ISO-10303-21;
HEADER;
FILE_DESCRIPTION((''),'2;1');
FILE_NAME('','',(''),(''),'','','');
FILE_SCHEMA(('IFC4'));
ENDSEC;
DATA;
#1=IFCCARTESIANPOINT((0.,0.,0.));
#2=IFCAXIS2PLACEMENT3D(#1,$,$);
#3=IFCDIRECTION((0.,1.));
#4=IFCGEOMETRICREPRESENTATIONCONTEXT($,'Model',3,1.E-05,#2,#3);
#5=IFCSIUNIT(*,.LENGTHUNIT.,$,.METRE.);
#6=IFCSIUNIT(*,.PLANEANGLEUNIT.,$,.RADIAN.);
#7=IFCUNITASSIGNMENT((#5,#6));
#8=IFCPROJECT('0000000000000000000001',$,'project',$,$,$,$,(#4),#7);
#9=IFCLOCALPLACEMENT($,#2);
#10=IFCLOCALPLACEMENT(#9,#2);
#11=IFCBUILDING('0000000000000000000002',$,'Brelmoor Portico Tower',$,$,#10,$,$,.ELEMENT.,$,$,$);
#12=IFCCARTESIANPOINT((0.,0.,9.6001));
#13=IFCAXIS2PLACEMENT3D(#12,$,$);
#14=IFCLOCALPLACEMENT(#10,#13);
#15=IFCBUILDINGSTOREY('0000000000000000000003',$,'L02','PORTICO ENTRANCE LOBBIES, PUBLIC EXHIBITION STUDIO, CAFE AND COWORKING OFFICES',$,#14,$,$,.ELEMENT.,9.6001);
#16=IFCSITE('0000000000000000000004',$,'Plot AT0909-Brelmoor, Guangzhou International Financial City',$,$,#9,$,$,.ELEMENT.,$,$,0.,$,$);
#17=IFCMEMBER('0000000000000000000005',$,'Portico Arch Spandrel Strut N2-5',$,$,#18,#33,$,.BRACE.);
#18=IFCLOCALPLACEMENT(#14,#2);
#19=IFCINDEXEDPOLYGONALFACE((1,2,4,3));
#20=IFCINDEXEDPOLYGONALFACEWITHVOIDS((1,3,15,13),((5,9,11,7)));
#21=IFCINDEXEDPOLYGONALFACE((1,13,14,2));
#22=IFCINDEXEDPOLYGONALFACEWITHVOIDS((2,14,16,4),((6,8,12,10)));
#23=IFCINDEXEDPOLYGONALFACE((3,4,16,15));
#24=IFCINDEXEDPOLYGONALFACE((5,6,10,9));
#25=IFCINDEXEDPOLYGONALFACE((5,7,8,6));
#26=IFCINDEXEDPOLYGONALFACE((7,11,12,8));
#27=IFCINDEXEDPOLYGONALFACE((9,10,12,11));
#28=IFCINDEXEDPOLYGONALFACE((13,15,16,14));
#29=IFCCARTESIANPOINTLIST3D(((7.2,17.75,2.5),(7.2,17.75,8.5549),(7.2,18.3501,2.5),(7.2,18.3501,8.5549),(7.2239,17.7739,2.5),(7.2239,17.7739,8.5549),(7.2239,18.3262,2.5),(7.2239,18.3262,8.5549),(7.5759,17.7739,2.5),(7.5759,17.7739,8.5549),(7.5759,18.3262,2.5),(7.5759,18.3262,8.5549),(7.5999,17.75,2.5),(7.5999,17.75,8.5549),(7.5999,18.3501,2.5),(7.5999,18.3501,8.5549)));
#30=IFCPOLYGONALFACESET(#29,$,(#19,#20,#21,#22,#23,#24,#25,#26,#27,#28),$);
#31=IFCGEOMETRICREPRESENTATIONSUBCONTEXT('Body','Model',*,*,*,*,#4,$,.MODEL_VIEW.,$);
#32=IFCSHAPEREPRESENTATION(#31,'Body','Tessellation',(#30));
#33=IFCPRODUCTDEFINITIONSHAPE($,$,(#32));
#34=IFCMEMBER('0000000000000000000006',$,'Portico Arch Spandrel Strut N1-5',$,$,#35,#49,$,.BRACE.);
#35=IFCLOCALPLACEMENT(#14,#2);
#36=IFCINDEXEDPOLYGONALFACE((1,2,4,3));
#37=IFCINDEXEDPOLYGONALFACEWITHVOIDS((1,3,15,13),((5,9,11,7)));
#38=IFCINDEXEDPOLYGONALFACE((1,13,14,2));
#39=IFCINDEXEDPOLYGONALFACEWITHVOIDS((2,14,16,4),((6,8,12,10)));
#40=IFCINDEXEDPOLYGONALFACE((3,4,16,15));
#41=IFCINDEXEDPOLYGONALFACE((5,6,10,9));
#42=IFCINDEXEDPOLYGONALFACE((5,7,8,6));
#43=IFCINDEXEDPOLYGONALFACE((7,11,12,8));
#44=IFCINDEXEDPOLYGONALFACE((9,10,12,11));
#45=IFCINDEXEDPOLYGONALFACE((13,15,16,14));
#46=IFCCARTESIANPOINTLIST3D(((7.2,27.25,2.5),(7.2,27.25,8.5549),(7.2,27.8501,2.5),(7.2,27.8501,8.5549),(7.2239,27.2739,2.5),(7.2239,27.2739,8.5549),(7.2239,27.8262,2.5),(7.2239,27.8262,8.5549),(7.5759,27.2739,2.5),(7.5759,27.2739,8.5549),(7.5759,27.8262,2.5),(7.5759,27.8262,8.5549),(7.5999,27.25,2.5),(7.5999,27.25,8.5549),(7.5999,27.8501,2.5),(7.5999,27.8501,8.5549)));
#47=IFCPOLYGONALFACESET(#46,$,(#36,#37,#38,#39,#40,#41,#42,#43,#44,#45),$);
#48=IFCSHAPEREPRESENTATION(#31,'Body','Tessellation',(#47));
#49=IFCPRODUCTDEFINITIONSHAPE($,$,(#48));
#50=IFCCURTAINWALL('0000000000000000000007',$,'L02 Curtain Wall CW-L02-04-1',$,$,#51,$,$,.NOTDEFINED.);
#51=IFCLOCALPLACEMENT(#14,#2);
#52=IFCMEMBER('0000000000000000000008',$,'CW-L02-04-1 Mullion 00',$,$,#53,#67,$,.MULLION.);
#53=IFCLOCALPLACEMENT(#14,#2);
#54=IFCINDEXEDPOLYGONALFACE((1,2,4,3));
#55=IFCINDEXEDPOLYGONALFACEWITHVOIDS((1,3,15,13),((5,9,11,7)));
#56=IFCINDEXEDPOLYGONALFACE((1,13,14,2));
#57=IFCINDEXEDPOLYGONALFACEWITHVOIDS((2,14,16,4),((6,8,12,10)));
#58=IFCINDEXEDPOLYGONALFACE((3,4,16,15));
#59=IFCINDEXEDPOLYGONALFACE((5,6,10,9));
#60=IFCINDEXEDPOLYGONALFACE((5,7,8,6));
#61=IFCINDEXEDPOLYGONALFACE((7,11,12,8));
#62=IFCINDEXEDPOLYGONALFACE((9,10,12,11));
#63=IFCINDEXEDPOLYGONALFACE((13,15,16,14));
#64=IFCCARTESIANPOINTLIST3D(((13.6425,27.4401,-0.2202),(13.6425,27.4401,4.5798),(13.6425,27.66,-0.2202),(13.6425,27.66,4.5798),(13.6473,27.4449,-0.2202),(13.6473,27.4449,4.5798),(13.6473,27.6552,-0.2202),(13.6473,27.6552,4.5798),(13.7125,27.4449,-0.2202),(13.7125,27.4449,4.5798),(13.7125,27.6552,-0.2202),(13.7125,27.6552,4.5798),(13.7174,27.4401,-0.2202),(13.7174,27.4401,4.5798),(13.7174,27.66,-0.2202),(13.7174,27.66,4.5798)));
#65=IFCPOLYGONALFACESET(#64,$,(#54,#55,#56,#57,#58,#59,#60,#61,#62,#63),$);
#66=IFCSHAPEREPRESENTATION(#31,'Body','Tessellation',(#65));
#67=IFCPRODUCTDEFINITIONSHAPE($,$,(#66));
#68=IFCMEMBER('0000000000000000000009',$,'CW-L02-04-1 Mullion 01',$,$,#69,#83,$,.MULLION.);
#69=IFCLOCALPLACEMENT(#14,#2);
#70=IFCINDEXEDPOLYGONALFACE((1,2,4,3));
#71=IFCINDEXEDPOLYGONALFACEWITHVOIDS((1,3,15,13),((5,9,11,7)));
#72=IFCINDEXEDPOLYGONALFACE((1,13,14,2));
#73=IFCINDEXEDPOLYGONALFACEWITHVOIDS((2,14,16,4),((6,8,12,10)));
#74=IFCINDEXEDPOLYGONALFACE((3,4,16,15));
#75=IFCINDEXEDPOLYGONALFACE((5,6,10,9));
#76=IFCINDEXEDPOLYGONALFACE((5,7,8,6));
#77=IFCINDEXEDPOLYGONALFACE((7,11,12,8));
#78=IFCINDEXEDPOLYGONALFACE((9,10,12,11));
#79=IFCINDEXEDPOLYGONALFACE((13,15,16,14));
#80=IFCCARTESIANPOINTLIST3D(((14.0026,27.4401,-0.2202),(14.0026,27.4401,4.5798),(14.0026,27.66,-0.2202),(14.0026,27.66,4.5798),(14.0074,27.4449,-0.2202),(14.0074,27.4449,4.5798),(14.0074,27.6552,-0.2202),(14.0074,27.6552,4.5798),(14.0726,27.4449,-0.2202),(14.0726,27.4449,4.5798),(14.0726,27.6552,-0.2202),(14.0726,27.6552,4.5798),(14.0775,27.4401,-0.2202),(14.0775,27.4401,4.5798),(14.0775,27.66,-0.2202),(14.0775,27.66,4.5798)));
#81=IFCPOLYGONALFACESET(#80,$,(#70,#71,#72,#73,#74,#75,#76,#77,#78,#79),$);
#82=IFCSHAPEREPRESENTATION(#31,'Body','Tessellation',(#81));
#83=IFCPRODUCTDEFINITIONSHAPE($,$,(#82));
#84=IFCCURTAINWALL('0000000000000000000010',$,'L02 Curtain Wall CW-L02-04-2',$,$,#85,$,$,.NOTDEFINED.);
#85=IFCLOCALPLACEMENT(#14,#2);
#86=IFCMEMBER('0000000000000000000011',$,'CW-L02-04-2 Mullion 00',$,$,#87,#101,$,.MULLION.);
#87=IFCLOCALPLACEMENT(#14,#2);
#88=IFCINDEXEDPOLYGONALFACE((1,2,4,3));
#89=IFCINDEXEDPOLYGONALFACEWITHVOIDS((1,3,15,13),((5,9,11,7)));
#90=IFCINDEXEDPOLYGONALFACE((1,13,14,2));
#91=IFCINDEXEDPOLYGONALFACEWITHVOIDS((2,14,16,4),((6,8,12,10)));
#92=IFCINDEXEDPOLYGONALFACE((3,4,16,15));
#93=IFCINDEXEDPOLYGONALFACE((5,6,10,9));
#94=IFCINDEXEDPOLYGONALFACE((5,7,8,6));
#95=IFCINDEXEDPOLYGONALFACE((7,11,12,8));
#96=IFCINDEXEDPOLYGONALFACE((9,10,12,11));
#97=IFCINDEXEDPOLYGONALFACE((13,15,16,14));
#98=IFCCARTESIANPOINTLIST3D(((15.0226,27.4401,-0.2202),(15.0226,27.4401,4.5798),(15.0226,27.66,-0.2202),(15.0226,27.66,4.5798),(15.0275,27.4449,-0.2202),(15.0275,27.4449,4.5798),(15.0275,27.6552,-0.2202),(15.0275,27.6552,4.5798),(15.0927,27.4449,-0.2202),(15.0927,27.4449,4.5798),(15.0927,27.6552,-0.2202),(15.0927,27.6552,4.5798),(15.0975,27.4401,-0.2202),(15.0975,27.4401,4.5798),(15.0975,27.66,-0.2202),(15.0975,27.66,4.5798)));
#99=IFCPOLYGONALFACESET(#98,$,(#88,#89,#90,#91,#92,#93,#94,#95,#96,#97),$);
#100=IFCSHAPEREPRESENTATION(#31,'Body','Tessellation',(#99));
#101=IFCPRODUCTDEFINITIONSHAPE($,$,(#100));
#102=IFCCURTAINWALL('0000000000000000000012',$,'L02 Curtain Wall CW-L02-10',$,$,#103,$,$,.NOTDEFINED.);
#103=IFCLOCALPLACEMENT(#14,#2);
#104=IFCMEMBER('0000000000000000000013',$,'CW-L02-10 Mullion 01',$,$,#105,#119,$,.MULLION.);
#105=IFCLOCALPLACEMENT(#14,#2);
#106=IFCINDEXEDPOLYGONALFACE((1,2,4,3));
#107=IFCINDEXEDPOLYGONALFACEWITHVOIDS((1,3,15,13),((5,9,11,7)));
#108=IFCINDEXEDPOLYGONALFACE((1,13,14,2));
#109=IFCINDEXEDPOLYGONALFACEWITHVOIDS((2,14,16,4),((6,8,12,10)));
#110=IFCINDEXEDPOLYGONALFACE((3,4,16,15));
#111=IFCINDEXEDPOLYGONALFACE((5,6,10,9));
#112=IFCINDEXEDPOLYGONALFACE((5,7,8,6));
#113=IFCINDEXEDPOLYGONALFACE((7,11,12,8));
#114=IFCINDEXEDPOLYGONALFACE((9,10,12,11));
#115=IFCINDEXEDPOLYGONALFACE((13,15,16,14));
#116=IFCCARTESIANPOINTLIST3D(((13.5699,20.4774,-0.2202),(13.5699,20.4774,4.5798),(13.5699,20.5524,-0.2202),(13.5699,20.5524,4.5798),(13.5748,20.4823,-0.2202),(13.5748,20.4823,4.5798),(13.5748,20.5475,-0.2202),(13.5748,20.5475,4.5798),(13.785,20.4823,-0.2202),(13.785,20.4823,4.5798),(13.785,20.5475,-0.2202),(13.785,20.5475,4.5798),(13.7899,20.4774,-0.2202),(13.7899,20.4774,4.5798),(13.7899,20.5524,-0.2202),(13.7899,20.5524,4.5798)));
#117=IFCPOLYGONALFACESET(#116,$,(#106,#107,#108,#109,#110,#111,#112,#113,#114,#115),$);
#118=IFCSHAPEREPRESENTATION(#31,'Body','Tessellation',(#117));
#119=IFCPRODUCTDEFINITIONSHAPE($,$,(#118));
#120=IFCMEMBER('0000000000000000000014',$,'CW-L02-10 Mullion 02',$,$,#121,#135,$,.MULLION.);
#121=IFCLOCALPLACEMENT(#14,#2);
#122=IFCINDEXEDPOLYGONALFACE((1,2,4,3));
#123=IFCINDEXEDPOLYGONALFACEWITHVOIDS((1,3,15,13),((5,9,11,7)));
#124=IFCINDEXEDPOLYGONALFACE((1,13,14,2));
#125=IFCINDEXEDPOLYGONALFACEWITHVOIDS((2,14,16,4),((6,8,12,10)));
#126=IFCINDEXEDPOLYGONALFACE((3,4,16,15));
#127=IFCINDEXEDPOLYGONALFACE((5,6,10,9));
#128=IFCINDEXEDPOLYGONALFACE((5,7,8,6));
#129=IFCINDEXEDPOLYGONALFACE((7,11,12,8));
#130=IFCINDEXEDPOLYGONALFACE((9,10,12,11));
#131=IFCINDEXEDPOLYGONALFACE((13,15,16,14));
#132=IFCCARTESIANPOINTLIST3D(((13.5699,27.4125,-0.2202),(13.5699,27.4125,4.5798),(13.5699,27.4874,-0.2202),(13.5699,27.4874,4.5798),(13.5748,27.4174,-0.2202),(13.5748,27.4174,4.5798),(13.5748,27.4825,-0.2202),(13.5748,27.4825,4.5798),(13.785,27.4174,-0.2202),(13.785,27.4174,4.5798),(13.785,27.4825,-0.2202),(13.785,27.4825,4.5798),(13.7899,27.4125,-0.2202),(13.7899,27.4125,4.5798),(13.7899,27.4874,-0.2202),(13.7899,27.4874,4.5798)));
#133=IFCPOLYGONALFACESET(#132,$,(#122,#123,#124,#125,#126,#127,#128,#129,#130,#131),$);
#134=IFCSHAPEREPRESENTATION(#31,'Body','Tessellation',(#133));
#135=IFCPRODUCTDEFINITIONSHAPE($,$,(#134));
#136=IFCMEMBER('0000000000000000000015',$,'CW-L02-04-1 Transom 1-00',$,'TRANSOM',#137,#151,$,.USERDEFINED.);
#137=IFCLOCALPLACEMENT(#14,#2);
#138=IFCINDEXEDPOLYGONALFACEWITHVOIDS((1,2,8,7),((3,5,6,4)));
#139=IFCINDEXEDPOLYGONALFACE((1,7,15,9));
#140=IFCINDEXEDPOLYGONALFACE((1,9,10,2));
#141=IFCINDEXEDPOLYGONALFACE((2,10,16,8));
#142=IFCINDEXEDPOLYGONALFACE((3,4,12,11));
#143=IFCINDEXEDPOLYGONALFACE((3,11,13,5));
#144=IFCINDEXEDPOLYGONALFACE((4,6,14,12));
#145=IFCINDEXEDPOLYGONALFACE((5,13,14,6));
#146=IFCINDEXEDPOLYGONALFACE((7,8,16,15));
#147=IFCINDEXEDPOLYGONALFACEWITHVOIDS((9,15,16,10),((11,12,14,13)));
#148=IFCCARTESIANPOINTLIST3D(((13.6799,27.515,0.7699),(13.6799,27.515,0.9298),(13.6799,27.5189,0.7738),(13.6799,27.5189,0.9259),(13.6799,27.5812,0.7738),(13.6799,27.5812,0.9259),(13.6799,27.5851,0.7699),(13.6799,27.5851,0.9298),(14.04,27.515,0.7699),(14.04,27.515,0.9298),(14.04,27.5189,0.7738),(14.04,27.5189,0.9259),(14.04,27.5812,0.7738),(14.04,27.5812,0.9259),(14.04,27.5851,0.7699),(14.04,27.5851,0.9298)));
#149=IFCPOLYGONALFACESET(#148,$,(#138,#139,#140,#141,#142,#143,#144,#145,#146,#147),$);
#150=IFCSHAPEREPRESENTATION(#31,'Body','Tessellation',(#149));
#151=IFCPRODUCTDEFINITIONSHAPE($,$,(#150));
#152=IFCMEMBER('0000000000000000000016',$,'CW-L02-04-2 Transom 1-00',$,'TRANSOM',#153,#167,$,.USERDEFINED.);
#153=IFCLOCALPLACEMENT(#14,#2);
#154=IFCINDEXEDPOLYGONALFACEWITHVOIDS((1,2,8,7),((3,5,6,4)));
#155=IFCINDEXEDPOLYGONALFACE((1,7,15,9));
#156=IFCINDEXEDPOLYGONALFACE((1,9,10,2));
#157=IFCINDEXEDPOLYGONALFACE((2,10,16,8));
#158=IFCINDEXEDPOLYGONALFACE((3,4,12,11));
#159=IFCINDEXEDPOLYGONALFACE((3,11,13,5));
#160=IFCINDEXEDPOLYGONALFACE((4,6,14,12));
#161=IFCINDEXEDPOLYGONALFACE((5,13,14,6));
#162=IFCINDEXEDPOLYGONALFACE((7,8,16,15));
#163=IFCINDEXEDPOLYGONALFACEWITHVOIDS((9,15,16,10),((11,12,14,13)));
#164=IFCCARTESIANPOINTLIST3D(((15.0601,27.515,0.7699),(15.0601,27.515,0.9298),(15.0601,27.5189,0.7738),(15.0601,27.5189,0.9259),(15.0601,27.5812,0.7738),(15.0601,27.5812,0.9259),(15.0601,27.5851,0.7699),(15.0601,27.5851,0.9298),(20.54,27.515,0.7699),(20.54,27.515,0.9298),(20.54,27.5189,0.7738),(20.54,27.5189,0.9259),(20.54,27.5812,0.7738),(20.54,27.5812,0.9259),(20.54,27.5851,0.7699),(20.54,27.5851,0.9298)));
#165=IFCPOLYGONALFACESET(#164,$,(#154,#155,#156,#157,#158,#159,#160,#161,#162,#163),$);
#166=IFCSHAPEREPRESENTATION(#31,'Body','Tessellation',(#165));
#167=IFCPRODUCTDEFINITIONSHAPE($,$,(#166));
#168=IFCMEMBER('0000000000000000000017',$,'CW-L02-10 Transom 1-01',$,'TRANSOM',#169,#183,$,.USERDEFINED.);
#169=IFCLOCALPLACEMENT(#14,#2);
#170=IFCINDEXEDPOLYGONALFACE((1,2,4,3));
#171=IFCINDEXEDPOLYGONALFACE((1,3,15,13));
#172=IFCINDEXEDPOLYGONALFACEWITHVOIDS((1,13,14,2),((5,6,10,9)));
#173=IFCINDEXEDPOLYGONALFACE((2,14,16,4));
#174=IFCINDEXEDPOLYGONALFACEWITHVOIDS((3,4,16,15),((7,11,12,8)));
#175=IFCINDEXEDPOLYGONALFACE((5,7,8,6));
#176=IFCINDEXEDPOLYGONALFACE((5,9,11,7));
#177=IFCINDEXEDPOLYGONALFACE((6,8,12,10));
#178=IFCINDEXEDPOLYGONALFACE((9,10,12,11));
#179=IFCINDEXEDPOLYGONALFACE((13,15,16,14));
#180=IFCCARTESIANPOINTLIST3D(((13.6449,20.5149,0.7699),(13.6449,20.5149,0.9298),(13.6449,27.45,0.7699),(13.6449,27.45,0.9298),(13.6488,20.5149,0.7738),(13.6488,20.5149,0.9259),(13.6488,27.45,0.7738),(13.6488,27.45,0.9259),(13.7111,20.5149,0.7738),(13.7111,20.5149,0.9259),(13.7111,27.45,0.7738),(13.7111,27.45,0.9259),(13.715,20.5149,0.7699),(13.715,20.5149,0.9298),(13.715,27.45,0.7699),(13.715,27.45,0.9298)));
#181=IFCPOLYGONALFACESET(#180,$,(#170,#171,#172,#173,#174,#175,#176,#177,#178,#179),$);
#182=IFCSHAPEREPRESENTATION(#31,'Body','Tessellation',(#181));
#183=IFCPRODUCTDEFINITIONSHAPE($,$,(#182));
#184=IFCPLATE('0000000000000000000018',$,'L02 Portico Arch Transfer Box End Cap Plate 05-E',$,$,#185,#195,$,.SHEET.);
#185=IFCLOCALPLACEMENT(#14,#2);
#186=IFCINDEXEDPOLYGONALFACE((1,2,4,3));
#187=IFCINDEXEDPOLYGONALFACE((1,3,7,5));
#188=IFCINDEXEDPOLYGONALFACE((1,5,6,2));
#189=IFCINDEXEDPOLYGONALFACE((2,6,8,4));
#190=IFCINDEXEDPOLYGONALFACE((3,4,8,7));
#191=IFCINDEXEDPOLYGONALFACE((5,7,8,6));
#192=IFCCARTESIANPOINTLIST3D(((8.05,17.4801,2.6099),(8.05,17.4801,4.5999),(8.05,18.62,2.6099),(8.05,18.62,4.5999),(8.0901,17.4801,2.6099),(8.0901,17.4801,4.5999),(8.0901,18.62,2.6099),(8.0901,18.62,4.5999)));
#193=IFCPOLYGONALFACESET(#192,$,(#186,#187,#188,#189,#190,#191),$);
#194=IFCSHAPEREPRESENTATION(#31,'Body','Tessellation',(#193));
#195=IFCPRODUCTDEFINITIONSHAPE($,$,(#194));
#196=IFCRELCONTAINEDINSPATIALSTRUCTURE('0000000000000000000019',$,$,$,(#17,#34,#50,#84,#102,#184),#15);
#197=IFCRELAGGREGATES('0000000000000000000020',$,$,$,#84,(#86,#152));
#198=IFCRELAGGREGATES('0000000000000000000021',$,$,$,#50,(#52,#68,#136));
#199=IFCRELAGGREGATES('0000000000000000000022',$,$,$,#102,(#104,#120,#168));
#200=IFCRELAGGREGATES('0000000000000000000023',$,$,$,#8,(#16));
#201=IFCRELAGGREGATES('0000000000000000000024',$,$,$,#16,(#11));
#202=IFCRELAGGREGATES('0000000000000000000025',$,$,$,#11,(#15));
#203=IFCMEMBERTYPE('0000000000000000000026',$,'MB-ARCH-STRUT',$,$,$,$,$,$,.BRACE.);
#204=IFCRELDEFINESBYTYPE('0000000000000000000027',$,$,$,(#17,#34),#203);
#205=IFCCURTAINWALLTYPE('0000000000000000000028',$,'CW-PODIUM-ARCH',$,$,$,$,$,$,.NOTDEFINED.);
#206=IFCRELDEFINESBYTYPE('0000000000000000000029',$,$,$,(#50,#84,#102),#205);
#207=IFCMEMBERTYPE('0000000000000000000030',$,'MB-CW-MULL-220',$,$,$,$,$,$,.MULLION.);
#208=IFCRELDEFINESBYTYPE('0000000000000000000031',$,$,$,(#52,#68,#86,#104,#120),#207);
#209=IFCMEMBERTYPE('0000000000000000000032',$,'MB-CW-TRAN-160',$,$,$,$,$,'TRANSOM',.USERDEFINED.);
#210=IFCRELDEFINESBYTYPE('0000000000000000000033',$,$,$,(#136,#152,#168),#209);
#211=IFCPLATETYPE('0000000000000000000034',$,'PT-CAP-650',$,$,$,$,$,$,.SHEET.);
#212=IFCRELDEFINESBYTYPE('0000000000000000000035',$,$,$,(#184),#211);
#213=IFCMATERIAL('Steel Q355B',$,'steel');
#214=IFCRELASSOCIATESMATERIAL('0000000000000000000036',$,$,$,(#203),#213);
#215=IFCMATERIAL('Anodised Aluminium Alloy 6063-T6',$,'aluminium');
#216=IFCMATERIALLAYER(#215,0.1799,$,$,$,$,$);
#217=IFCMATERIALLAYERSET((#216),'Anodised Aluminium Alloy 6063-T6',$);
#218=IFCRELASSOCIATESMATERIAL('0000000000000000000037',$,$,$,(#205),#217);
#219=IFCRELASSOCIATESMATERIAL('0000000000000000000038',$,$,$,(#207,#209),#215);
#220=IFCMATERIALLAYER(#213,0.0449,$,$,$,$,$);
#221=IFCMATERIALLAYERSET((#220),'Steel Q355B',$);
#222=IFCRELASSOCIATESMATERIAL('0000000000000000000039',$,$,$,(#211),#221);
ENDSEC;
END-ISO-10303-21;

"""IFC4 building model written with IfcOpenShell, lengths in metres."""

from ifc_helpers import new_model, si_unit, direction, frame, origin, origin_2d, place, context, subcontext, project, spatial, rectangle, hollow_rectangle, extrude, material, layer, layer_set, material_profile, profile_set, type_object, element, aggregate, save


model = new_model("IFC4")

# Units and contexts
model_context = context("Model", 3, precision=1e-05, world=origin(), true_north=direction((0.0, 1.0)))
body_context = subcontext(model_context, "Body", "Model", "MODEL_VIEW")
ifc_project = project(units=[si_unit("LENGTHUNIT", "METRE"), si_unit("PLANEANGLEUNIT", "RADIAN")], contexts=[model_context])

# Site, building, storey
site_placement = place(None, origin())
site = spatial("IfcSite", under=ifc_project, at=site_placement, Name="Plot AT0909-Brelmoor, Guangzhou International Financial City", CompositionType="ELEMENT", RefElevation=0.0)
building_placement = place(site_placement, origin())
building = spatial("IfcBuilding", under=site, at=building_placement, Name="Brelmoor Portico Tower", CompositionType="ELEMENT")
storey_placement = place(building_placement, frame((0.0, 0.0, 9.6001)))
storey = spatial("IfcBuildingStorey", under=building, at=storey_placement, Name="L02", Description="PORTICO ENTRANCE LOBBIES, PUBLIC EXHIBITION STUDIO, CAFE AND COWORKING OFFICES", CompositionType="ELEMENT", Elevation=9.6001)

# Shared definitions
ifc_material_1 = material(Name="Steel Q355B", Category="steel")

# Members
ifc_material_profile_1 = material_profile(ifc_material_1, hollow_rectangle(XDim=0.3999, YDim=0.6001, WallThickness=0.0239, at=origin_2d()), Name="RHS 400x600x24")
ifc_profile_set_1 = profile_set([ifc_material_profile_1], Name="Steel Q355B")
member_type_1 = type_object("IfcMemberType", Name="MB-ARCH-STRUT", PredefinedType="BRACE", material=ifc_profile_set_1)
for number, where, z_axis, x_axis, name in (
    (1, (7.3999, 18.05, 2.5), (0.0, 0.0, 1.0), (1.0, 0.0, 0.0), "Portico Arch Spandrel Strut N2-5"),
    (2, (7.3999, 27.55, 2.5), (0.0, 0.0, 1.0), (1.0, 0.0, 0.0), "Portico Arch Spandrel Strut N1-5"),
):
    element("IfcMember", number, at=place(storey_placement, frame(where, z_axis=z_axis, x_axis=x_axis)), inside=storey, type_object=member_type_1, Name=name, PredefinedType="BRACE", context=body_context, shape_type="SweptSolid", body=[
        extrude(hollow_rectangle(XDim=0.3999, YDim=0.6001, WallThickness=0.0239, at=origin_2d()), origin(), (0.0, 0.0, 1.0), 6.0549),
    ])

# Curtain wall, members
ifc_material_2 = material(Name="Anodised Aluminium Alloy 6063-T6", Category="aluminium")
ifc_layer_1 = layer(ifc_material_2, 0.1799)
ifc_layer_set_1 = layer_set([ifc_layer_1], Name="Anodised Aluminium Alloy 6063-T6")
curtain_wall_type = type_object("IfcCurtainWallType", Name="CW-PODIUM-ARCH", PredefinedType="NOTDEFINED", material=ifc_layer_set_1)
curtain_wall_1_placement = place(storey_placement, origin())
curtain_wall_1 = element("IfcCurtainWall", 3, at=curtain_wall_1_placement, inside=storey, type_object=curtain_wall_type, Name="L02 Curtain Wall CW-L02-04-1", PredefinedType="NOTDEFINED")
ifc_material_profile_2 = material_profile(ifc_material_2, hollow_rectangle(XDim=0.075, YDim=0.22, WallThickness=0.0049, at=origin_2d()), Name="ALU MULLION 75x220")
ifc_profile_set_2 = profile_set([ifc_material_profile_2], Name="Anodised Aluminium Alloy 6063-T6")
member_type_2 = type_object("IfcMemberType", Name="MB-CW-MULL-220", PredefinedType="MULLION", material=ifc_profile_set_2)
member_1_placement = place(storey_placement, frame((13.6799, 27.55, -0.2202), z_axis=(0.0, 0.0, 1.0), x_axis=(1.0, 0.0, 0.0)))
member_1 = element("IfcMember", 4, at=member_1_placement, type_object=member_type_2, Name="CW-L02-04-1 Mullion 00", PredefinedType="MULLION", context=body_context, shape_type="SweptSolid", body=[
    extrude(hollow_rectangle(XDim=0.075, YDim=0.22, WallThickness=0.0049, at=origin_2d()), origin(), (0.0, 0.0, 1.0), 4.8),
])
member_2_placement = place(storey_placement, frame((14.04, 27.55, -0.2202), z_axis=(0.0, 0.0, 1.0), x_axis=(1.0, 0.0, 0.0)))
member_2 = element("IfcMember", 5, at=member_2_placement, type_object=member_type_2, Name="CW-L02-04-1 Mullion 01", PredefinedType="MULLION", context=body_context, shape_type="SweptSolid", body=[
    extrude(hollow_rectangle(XDim=0.075, YDim=0.22, WallThickness=0.0049, at=origin_2d()), origin(), (0.0, 0.0, 1.0), 4.8),
])

# Curtain wall, member
curtain_wall_2_placement = place(storey_placement, origin())
curtain_wall_2 = element("IfcCurtainWall", 6, at=curtain_wall_2_placement, inside=storey, type_object=curtain_wall_type, Name="L02 Curtain Wall CW-L02-04-2", PredefinedType="NOTDEFINED")
member_3_placement = place(storey_placement, frame((15.0601, 27.55, -0.2202), z_axis=(0.0, 0.0, 1.0), x_axis=(1.0, 0.0, 0.0)))
member_3 = element("IfcMember", 7, at=member_3_placement, type_object=member_type_2, Name="CW-L02-04-2 Mullion 00", PredefinedType="MULLION", context=body_context, shape_type="SweptSolid", body=[
    extrude(hollow_rectangle(XDim=0.075, YDim=0.22, WallThickness=0.0049, at=origin_2d()), origin(), (0.0, 0.0, 1.0), 4.8),
])

# Curtain wall, members
curtain_wall_3_placement = place(storey_placement, origin())
curtain_wall_3 = element("IfcCurtainWall", 8, at=curtain_wall_3_placement, inside=storey, type_object=curtain_wall_type, Name="L02 Curtain Wall CW-L02-10", PredefinedType="NOTDEFINED")
member_4_placement = place(storey_placement, frame((13.6799, 20.5149, -0.2202), z_axis=(0.0, 0.0, 1.0), x_axis=(0.0, 1.0, 0.0)))
member_4 = element("IfcMember", 9, at=member_4_placement, type_object=member_type_2, Name="CW-L02-10 Mullion 01", PredefinedType="MULLION", context=body_context, shape_type="SweptSolid", body=[
    extrude(hollow_rectangle(XDim=0.075, YDim=0.22, WallThickness=0.0049, at=origin_2d()), origin(), (0.0, 0.0, 1.0), 4.8),
])
member_5_placement = place(storey_placement, frame((13.6799, 27.45, -0.2202), z_axis=(0.0, 0.0, 1.0), x_axis=(0.0, 1.0, 0.0)))
member_5 = element("IfcMember", 10, at=member_5_placement, type_object=member_type_2, Name="CW-L02-10 Mullion 02", PredefinedType="MULLION", context=body_context, shape_type="SweptSolid", body=[
    extrude(hollow_rectangle(XDim=0.075, YDim=0.22, WallThickness=0.0049, at=origin_2d()), origin(), (0.0, 0.0, 1.0), 4.8),
])

# Members
ifc_material_profile_3 = material_profile(ifc_material_2, hollow_rectangle(XDim=0.0701, YDim=0.1599, WallThickness=0.0039, at=origin_2d()), Name="ALU TRANSOM 70x160")
ifc_profile_set_3 = profile_set([ifc_material_profile_3], Name="Anodised Aluminium Alloy 6063-T6")
member_type_3 = type_object("IfcMemberType", Name="MB-CW-TRAN-160", ElementType="TRANSOM", PredefinedType="USERDEFINED", material=ifc_profile_set_3)
member_6_placement = place(storey_placement, frame((13.6799, 27.55, 0.8499), z_axis=(1.0, 0.0, 0.0), x_axis=(0.0, 1.0, 0.0)))
member_6 = element("IfcMember", 11, at=member_6_placement, type_object=member_type_3, Name="CW-L02-04-1 Transom 1-00", ObjectType="TRANSOM", PredefinedType="USERDEFINED", context=body_context, shape_type="SweptSolid", body=[
    extrude(hollow_rectangle(XDim=0.0701, YDim=0.1599, WallThickness=0.0039, at=origin_2d()), origin(), (0.0, 0.0, 1.0), 0.3601),
])
member_7_placement = place(storey_placement, frame((15.0601, 27.55, 0.8499), z_axis=(1.0, 0.0, 0.0), x_axis=(0.0, 1.0, 0.0)))
member_7 = element("IfcMember", 12, at=member_7_placement, type_object=member_type_3, Name="CW-L02-04-2 Transom 1-00", ObjectType="TRANSOM", PredefinedType="USERDEFINED", context=body_context, shape_type="SweptSolid", body=[
    extrude(hollow_rectangle(XDim=0.0701, YDim=0.1599, WallThickness=0.0039, at=origin_2d()), origin(), (0.0, 0.0, 1.0), 5.48),
])
aggregate(curtain_wall_2, [member_3, member_7])
member_8_placement = place(storey_placement, frame((13.6799, 20.5149, 0.8499), z_axis=(0.0, 1.0, 0.0), x_axis=(-1.0, 0.0, 0.0)))
member_8 = element("IfcMember", 13, at=member_8_placement, type_object=member_type_3, Name="CW-L02-10 Transom 1-01", ObjectType="TRANSOM", PredefinedType="USERDEFINED", context=body_context, shape_type="SweptSolid", body=[
    extrude(hollow_rectangle(XDim=0.0701, YDim=0.1599, WallThickness=0.0039, at=origin_2d()), origin(), (0.0, 0.0, 1.0), 6.9351),
])

# Plate
ifc_layer_2 = layer(ifc_material_1, 0.0449)
ifc_layer_set_2 = layer_set([ifc_layer_2], Name="Steel Q355B")
plate_type_1 = type_object("IfcPlateType", Name="PT-CAP-650", PredefinedType="SHEET", material=ifc_layer_set_2)
plate_1_placement = place(storey_placement, frame((8.0701, 18.05, 2.6099), z_axis=(0.0, 0.0, 1.0), x_axis=(1.0, 0.0, 0.0)))
element("IfcPlate", 14, at=plate_1_placement, inside=storey, type_object=plate_type_1, Name="L02 Portico Arch Transfer Box End Cap Plate 05-E", PredefinedType="SHEET", context=body_context, shape_type="SweptSolid", body=[
    extrude(rectangle(XDim=0.04, YDim=1.1399, at=origin_2d()), origin(), (0.0, 0.0, 1.0), 1.99),
])

aggregate(curtain_wall_1, [member_1, member_2, member_6])
aggregate(curtain_wall_3, [member_4, member_5, member_8])

save(model, "model.ifc")
